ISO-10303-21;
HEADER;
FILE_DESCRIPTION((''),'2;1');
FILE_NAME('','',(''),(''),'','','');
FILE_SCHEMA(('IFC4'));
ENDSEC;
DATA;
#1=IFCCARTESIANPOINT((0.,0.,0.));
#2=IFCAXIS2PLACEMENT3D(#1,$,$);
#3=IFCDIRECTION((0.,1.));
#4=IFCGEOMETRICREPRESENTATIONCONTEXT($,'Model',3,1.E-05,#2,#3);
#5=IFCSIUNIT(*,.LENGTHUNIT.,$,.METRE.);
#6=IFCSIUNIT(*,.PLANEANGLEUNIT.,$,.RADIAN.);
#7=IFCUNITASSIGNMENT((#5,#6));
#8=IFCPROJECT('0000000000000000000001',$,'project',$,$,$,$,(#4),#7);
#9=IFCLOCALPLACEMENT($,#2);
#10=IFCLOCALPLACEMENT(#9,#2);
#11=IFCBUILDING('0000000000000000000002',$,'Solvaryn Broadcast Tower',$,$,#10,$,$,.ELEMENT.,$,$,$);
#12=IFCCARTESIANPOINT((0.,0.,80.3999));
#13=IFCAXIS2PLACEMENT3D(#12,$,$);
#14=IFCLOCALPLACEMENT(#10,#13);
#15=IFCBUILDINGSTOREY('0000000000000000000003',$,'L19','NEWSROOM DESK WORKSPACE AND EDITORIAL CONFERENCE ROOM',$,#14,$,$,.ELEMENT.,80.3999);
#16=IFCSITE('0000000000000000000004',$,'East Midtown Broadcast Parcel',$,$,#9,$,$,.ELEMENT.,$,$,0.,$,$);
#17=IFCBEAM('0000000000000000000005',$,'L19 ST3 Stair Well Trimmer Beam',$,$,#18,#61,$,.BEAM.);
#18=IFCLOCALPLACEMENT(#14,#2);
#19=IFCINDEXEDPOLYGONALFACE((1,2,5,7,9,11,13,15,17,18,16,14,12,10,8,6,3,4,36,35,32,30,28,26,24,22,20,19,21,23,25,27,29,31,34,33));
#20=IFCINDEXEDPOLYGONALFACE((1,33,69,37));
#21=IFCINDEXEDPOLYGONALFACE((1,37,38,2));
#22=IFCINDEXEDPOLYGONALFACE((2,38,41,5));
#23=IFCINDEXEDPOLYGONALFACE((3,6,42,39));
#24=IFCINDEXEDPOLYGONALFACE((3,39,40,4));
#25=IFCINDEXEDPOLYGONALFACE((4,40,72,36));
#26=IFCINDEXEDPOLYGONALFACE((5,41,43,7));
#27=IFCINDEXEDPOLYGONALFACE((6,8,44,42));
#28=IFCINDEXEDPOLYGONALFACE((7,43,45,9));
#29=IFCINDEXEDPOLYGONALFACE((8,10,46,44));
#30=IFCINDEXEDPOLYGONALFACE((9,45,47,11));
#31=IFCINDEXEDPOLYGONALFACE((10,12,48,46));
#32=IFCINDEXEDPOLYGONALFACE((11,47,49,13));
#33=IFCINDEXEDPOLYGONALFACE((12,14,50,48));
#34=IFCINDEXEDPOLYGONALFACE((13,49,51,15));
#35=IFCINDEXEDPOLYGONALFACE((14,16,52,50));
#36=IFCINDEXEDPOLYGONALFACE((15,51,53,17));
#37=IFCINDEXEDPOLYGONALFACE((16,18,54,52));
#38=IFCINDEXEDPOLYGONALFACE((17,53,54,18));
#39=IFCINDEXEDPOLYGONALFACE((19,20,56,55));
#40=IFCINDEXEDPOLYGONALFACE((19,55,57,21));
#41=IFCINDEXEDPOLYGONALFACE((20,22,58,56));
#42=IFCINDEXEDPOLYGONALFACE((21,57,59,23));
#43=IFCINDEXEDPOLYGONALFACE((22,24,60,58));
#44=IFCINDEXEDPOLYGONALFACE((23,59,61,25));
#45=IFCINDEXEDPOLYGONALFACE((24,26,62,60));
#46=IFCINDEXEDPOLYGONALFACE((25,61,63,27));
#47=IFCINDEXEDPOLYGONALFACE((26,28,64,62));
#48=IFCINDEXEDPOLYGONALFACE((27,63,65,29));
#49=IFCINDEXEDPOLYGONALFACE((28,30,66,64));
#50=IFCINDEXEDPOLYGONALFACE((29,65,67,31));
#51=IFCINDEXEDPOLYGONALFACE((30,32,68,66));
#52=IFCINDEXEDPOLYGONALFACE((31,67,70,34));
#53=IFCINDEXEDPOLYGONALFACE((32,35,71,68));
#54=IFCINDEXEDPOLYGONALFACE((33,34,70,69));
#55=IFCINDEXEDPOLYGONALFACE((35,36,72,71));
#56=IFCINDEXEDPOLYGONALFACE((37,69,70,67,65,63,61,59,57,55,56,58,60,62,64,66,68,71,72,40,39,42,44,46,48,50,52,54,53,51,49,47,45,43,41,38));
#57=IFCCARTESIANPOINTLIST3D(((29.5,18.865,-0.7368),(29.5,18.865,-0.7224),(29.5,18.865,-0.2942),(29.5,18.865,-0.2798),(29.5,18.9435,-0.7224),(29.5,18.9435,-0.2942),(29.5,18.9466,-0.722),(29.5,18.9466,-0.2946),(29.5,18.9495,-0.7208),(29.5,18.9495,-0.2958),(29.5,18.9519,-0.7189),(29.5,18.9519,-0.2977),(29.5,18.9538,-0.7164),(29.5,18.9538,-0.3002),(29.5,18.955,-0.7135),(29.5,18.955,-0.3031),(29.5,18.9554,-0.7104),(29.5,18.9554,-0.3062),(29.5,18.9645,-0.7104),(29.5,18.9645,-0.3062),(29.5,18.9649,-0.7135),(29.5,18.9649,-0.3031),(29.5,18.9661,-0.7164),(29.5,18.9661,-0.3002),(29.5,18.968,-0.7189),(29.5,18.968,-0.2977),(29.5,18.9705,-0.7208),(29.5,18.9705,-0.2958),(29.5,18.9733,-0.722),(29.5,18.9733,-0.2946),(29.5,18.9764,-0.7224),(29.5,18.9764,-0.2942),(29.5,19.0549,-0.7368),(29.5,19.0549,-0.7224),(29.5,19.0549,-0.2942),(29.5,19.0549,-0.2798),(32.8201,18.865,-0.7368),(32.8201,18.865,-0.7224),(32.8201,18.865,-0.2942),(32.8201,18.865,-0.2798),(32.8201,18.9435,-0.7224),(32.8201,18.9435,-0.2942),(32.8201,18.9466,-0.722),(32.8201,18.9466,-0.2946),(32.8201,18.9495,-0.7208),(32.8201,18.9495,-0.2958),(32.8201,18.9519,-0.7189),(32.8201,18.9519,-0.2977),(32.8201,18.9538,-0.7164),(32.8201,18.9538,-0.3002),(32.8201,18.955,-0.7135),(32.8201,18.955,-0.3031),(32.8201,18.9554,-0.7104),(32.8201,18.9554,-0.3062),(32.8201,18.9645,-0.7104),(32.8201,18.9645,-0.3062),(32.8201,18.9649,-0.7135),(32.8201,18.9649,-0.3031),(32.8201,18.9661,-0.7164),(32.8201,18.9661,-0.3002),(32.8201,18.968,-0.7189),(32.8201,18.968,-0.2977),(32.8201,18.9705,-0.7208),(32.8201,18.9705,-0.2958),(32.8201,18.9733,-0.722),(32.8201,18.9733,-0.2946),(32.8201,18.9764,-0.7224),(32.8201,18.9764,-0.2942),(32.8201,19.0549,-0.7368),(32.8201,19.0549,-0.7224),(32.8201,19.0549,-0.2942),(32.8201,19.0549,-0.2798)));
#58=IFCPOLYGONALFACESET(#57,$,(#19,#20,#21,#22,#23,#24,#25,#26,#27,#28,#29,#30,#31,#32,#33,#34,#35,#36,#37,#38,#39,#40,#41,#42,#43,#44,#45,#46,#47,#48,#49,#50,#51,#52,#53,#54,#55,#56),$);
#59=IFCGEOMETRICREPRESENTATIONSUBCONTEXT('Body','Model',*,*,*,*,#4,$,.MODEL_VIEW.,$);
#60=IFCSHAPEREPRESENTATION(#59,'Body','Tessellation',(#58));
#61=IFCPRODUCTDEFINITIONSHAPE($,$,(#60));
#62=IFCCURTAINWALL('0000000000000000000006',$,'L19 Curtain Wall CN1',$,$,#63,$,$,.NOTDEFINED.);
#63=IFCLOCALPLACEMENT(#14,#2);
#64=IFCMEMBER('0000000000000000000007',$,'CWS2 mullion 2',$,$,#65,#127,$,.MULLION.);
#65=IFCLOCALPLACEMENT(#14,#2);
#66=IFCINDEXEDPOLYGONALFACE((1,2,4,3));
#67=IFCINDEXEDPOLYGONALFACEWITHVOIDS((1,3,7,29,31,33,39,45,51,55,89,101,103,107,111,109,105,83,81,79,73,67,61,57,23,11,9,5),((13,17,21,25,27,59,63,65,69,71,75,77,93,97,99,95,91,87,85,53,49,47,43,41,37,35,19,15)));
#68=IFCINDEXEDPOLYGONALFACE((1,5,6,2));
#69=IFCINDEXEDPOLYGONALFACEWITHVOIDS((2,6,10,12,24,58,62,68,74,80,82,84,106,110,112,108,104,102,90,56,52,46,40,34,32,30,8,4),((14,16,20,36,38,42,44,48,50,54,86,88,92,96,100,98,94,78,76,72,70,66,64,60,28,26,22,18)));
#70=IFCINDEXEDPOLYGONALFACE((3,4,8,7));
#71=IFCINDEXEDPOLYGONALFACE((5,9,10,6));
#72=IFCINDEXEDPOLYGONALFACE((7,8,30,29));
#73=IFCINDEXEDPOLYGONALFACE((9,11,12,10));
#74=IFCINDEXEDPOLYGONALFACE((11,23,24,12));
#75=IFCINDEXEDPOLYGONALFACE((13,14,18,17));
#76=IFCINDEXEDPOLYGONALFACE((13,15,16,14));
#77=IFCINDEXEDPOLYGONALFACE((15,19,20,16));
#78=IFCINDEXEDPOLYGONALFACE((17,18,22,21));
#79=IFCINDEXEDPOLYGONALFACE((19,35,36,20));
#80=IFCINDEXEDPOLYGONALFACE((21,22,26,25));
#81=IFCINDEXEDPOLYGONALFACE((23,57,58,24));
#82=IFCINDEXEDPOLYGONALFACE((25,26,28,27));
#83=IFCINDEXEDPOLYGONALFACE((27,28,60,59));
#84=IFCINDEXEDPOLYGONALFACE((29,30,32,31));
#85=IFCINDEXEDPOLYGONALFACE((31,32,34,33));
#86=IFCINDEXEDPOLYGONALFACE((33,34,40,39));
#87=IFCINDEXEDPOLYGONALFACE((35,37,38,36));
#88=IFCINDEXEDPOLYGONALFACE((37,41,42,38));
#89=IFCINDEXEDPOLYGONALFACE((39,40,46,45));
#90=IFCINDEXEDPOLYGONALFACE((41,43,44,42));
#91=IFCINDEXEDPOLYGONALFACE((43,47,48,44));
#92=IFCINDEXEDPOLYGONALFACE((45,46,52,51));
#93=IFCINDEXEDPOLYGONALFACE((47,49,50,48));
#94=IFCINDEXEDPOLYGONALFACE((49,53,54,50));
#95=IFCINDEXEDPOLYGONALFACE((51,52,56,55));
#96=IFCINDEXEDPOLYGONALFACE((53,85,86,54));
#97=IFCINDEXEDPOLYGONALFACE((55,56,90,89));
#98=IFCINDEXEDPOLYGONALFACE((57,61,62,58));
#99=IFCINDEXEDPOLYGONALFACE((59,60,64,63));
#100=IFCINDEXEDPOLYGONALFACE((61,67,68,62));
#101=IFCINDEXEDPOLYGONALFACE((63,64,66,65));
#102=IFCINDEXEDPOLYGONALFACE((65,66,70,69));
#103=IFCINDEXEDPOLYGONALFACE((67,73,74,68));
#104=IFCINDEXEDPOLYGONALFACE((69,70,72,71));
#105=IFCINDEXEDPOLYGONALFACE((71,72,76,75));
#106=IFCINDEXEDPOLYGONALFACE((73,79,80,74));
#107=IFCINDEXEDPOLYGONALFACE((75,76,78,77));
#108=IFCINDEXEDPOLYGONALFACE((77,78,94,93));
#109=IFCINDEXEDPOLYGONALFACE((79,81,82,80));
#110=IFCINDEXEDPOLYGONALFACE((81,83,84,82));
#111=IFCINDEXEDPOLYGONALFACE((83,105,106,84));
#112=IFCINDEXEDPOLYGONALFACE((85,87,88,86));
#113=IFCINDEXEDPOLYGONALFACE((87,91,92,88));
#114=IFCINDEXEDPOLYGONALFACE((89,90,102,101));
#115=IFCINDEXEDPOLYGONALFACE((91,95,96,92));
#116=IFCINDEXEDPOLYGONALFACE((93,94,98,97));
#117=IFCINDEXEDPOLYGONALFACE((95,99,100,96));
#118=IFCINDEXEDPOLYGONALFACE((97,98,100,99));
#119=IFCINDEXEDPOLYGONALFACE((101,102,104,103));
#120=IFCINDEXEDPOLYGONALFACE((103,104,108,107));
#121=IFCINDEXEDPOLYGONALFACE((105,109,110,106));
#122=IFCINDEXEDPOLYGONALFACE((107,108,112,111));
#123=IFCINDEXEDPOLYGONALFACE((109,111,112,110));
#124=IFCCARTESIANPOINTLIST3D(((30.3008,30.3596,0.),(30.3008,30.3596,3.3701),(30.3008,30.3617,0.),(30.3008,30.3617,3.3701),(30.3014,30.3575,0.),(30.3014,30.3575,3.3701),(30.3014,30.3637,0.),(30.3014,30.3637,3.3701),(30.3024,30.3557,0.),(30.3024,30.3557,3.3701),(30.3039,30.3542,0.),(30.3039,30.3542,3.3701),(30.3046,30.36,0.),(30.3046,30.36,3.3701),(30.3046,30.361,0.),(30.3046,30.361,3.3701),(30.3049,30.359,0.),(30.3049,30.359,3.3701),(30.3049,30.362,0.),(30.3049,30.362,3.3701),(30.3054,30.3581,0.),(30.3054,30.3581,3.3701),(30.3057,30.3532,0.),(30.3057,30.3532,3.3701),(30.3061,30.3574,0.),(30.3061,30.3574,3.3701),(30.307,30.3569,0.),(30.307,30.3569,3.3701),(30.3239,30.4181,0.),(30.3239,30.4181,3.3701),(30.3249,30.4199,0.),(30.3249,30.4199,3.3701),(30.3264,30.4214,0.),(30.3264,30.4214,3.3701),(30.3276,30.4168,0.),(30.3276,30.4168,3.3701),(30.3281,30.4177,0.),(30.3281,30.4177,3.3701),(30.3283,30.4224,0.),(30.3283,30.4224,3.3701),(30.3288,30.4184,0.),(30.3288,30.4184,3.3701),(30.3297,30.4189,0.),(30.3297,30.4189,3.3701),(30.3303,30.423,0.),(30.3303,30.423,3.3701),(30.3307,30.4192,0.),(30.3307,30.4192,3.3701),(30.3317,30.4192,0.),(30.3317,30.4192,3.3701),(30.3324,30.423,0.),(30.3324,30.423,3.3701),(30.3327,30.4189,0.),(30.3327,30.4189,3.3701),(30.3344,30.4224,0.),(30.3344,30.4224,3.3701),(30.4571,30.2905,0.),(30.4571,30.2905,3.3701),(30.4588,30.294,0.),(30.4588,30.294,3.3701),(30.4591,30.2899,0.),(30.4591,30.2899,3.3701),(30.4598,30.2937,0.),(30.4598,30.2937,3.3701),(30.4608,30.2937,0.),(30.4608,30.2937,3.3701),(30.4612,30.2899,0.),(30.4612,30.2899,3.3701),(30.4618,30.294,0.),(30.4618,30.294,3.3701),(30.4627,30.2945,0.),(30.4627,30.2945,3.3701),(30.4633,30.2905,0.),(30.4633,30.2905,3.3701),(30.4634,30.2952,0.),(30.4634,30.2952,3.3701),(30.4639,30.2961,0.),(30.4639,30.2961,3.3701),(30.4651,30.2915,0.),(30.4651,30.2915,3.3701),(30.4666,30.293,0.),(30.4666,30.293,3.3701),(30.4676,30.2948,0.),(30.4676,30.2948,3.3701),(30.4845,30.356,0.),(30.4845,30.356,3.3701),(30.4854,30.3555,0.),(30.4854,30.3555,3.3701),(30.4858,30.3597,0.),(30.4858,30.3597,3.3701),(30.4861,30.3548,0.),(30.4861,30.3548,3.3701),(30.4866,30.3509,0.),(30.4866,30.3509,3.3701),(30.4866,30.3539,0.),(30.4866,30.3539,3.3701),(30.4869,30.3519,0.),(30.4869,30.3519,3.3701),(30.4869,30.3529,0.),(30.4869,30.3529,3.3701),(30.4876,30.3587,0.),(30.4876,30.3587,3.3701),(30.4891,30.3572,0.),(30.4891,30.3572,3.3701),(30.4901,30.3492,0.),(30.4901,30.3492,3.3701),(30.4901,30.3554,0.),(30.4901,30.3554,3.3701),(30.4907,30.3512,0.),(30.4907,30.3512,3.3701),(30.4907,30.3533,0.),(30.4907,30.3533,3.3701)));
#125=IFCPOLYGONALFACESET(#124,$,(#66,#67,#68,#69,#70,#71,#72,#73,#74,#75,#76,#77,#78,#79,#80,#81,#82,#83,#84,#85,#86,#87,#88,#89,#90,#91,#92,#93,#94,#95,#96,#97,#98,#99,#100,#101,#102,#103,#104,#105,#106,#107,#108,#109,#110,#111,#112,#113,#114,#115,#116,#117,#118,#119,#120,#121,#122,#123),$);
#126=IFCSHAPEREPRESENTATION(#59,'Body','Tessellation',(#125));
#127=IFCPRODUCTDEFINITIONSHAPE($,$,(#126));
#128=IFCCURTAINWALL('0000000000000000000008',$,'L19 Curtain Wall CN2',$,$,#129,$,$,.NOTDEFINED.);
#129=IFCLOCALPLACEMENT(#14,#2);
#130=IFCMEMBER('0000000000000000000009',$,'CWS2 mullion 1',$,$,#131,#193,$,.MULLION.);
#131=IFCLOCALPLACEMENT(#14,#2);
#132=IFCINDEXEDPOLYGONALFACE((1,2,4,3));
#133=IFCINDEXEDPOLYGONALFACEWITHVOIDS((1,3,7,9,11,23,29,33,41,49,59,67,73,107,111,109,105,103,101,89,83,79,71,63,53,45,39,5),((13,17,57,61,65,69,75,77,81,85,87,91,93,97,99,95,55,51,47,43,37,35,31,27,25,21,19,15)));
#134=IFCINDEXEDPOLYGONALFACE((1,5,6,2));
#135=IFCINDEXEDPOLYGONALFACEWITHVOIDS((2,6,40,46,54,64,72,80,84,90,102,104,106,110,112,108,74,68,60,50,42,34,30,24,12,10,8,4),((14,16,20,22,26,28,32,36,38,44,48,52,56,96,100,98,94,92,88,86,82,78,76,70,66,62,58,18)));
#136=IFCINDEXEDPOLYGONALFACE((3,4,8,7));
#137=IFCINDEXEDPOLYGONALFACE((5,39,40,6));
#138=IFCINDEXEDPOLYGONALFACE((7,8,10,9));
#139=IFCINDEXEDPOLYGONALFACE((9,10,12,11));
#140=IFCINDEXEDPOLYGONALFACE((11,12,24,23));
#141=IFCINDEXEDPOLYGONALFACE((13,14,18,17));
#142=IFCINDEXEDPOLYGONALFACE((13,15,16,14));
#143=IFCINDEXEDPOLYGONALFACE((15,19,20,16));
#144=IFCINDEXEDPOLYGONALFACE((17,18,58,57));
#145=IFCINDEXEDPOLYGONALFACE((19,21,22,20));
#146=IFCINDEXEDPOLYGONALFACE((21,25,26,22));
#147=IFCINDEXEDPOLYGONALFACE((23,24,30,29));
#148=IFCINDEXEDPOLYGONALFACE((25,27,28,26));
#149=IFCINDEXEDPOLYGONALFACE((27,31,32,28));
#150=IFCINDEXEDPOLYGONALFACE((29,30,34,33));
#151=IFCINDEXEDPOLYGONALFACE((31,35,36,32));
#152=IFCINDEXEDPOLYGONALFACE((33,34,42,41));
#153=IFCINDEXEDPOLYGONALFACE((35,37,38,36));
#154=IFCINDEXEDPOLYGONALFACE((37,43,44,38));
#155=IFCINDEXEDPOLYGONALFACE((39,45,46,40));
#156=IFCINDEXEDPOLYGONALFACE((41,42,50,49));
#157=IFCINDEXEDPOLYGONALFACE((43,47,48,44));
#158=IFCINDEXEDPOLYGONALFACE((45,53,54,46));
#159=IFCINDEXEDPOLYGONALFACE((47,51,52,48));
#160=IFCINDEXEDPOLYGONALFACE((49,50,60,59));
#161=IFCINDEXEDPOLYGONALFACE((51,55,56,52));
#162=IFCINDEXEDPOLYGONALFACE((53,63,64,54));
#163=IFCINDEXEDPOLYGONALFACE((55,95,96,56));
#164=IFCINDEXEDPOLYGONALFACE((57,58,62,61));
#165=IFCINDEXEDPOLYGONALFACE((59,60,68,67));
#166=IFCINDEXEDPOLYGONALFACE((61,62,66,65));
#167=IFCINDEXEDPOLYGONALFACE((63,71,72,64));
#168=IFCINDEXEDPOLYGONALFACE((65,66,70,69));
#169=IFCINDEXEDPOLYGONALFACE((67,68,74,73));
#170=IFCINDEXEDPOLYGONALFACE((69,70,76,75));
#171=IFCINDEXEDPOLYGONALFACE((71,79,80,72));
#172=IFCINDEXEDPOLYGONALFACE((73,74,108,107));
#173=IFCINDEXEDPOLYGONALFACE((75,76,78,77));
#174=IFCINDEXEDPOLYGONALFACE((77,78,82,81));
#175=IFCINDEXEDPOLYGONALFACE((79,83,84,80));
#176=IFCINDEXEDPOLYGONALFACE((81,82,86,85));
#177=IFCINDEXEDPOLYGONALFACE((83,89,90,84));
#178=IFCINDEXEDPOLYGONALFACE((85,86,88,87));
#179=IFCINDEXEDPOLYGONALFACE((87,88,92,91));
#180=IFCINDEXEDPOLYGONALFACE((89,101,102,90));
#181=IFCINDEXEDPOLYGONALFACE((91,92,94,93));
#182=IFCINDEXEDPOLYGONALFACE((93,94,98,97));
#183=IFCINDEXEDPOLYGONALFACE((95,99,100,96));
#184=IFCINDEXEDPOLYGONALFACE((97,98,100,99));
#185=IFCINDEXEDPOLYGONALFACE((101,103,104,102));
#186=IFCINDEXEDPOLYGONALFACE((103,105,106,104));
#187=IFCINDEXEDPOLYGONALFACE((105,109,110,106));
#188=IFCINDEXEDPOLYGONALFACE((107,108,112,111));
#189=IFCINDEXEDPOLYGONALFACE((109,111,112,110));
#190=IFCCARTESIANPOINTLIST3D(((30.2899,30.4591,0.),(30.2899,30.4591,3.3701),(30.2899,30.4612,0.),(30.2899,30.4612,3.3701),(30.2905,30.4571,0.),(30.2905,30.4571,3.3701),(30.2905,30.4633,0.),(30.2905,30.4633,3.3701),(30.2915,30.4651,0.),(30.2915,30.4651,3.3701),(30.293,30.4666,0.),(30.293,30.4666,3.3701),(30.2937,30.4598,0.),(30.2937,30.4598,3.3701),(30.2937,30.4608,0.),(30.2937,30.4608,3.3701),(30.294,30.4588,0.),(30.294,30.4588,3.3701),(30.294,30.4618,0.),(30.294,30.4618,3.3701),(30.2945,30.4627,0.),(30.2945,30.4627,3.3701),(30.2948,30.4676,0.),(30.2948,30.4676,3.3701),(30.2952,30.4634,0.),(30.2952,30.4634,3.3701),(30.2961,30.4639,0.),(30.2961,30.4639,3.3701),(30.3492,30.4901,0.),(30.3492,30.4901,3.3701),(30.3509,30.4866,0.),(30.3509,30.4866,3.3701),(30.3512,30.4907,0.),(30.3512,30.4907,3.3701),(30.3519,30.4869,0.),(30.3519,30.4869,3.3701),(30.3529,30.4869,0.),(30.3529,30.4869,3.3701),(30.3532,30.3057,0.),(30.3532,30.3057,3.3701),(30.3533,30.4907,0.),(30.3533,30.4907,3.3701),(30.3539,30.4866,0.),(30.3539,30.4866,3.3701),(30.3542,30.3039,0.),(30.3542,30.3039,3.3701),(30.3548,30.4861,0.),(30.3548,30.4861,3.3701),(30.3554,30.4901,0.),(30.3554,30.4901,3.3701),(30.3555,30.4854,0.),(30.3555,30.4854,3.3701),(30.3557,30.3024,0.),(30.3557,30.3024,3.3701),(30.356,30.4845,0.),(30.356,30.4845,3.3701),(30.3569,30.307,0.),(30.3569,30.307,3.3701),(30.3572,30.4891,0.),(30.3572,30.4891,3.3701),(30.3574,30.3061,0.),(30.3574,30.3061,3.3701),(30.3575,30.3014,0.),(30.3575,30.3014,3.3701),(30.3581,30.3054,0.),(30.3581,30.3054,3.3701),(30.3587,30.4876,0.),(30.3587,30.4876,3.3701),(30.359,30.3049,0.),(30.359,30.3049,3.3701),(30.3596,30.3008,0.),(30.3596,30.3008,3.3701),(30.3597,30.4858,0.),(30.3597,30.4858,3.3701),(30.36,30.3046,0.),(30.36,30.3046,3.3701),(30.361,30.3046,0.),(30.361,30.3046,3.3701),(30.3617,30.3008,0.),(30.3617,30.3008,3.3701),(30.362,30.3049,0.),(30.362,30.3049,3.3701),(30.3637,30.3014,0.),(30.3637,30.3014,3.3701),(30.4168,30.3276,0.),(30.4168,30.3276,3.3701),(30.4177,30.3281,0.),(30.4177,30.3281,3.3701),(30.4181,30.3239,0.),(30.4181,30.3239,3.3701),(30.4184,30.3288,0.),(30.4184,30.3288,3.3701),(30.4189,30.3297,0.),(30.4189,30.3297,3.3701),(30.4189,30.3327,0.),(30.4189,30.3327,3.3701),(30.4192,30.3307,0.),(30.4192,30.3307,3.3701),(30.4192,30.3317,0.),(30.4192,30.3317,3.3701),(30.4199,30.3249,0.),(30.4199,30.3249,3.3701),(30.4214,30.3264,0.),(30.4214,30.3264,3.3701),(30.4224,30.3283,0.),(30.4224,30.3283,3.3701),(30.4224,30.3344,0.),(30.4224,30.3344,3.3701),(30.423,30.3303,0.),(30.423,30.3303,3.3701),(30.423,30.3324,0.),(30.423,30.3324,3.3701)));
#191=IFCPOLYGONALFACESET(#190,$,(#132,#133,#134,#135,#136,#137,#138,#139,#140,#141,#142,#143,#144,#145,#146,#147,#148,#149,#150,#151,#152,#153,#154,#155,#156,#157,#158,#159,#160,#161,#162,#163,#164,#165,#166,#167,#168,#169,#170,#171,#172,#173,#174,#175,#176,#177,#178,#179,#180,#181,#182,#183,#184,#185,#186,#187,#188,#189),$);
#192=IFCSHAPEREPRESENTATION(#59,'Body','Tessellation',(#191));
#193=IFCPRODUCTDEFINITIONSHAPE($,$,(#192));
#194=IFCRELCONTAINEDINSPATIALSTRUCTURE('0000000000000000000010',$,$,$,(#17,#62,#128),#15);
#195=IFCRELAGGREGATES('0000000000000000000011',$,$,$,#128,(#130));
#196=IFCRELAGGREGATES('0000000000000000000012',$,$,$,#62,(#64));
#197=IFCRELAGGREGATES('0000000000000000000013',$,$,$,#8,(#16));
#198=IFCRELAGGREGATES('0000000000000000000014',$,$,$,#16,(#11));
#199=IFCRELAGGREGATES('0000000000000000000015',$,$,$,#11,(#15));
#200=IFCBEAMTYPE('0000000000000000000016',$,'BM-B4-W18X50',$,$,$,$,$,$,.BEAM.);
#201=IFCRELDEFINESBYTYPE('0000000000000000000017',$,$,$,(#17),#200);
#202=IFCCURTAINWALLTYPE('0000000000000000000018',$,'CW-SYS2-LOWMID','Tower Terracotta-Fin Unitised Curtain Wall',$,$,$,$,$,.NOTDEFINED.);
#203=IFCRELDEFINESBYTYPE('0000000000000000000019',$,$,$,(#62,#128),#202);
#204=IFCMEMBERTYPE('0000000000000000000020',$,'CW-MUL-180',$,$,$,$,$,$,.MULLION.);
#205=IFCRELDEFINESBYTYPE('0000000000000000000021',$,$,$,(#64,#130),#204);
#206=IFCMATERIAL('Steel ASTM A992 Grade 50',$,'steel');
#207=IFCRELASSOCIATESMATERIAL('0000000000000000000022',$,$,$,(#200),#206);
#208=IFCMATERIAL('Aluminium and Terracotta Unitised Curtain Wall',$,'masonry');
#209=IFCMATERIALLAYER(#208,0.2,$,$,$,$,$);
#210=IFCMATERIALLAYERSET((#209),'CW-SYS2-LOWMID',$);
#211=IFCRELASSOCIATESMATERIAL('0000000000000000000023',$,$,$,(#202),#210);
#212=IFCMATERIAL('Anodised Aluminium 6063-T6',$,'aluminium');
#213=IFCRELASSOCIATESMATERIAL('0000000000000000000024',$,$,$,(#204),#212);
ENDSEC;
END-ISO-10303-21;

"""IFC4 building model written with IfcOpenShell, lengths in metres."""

from ifc_helpers import new_model, si_unit, direction, frame, origin, origin_2d, place, context, subcontext, project, spatial, hollow_rectangle, i_section, extrude, material, layer, layer_set, material_profile, profile_set, type_object, element, aggregate, save


model = new_model("IFC4")

# Units and contexts
model_context = context("Model", 3, precision=1e-05, world=origin(), true_north=direction((0.0, 1.0)))
body_context = subcontext(model_context, "Body", "Model", "MODEL_VIEW")
ifc_project = project(units=[si_unit("LENGTHUNIT", "METRE"), si_unit("PLANEANGLEUNIT", "RADIAN")], contexts=[model_context])

# Site, building, storey
site_placement = place(None, origin())
site = spatial("IfcSite", under=ifc_project, at=site_placement, Name="East Midtown Broadcast Parcel", CompositionType="ELEMENT", RefElevation=0.0)
building_placement = place(site_placement, origin())
building = spatial("IfcBuilding", under=site, at=building_placement, Name="Solvaryn Broadcast Tower", CompositionType="ELEMENT")
storey_placement = place(building_placement, frame((0.0, 0.0, 80.3999)))
storey = spatial("IfcBuildingStorey", under=building, at=storey_placement, Name="L19", Description="NEWSROOM DESK WORKSPACE AND EDITORIAL CONFERENCE ROOM", CompositionType="ELEMENT", Elevation=80.3999)

# Beam
ifc_material_1 = material(Name="Steel ASTM A992 Grade 50", Category="steel")
ifc_material_profile_1 = material_profile(ifc_material_1, i_section(OverallWidth=0.1899, OverallDepth=0.457, WebThickness=0.009, FlangeThickness=0.0144, FilletRadius=0.012, at=origin_2d()))
ifc_profile_set_1 = profile_set([ifc_material_profile_1], Name="Steel ASTM A992 Grade 50")
beam_type_1 = type_object("IfcBeamType", Name="BM-B4-W18X50", PredefinedType="BEAM", material=ifc_profile_set_1)
beam_1_placement = place(storey_placement, frame((29.5, 18.96, -0.5083), z_axis=(1.0, 0.0, 0.0), x_axis=(0.0, 1.0, 0.0)))
element("IfcBeam", 1, at=beam_1_placement, inside=storey, type_object=beam_type_1, Name="L19 ST3 Stair Well Trimmer Beam", PredefinedType="BEAM", context=body_context, shape_type="SweptSolid", body=[
    extrude(i_section(OverallWidth=0.1899, OverallDepth=0.457, WebThickness=0.009, FlangeThickness=0.0144, FilletRadius=0.012, at=origin_2d()), origin(), (0.0, 0.0, 1.0), 3.3201),
])

# Curtain wall, member
ifc_material_2 = material(Name="Aluminium and Terracotta Unitised Curtain Wall", Category="masonry")
ifc_layer_1 = layer(ifc_material_2, 0.2)
ifc_layer_set_1 = layer_set([ifc_layer_1], Name="CW-SYS2-LOWMID")
curtain_wall_type = type_object("IfcCurtainWallType", Name="CW-SYS2-LOWMID", Description="Tower Terracotta-Fin Unitised Curtain Wall", PredefinedType="NOTDEFINED", material=ifc_layer_set_1)
curtain_wall_1_placement = place(storey_placement, origin())
curtain_wall_1 = element("IfcCurtainWall", 2, at=curtain_wall_1_placement, inside=storey, type_object=curtain_wall_type, Name="L19 Curtain Wall CN1", PredefinedType="NOTDEFINED")
ifc_material_3 = material(Name="Anodised Aluminium 6063-T6", Category="aluminium")
ifc_material_profile_2 = material_profile(ifc_material_3, hollow_rectangle(XDim=0.075, YDim=0.1799, WallThickness=0.0039, InnerFilletRadius=0.0039, OuterFilletRadius=0.0081, at=origin_2d()))
ifc_profile_set_2 = profile_set([ifc_material_profile_2], Name="Anodised Aluminium 6063-T6")
member_type_1 = type_object("IfcMemberType", Name="CW-MUL-180", PredefinedType="MULLION", material=ifc_profile_set_2)
member_1_placement = place(storey_placement, frame((30.3958, 30.3564, 0.0), z_axis=(0.0, 0.0, 1.0), x_axis=(-0.382646, -0.923895, 0.0)))
member_1 = element("IfcMember", 3, at=member_1_placement, type_object=member_type_1, Name="CWS2 mullion 2", PredefinedType="MULLION", context=body_context, shape_type="SweptSolid", body=[
    extrude(hollow_rectangle(XDim=0.075, YDim=0.1799, WallThickness=0.0039, InnerFilletRadius=0.0039, OuterFilletRadius=0.0081, at=origin_2d()), origin(), (0.0, 0.0, 1.0), 3.3701),
])

# Curtain wall, member
curtain_wall_2_placement = place(storey_placement, origin())
curtain_wall_2 = element("IfcCurtainWall", 4, at=curtain_wall_2_placement, inside=storey, type_object=curtain_wall_type, Name="L19 Curtain Wall CN2", PredefinedType="NOTDEFINED")
member_2_placement = place(storey_placement, frame((30.3564, 30.3958, 0.0), z_axis=(0.0, 0.0, 1.0), x_axis=(-0.923895, -0.382646, 0.0)))
member_2 = element("IfcMember", 5, at=member_2_placement, type_object=member_type_1, Name="CWS2 mullion 1", PredefinedType="MULLION", context=body_context, shape_type="SweptSolid", body=[
    extrude(hollow_rectangle(XDim=0.075, YDim=0.1799, WallThickness=0.0039, InnerFilletRadius=0.0039, OuterFilletRadius=0.0081, at=origin_2d()), origin(), (0.0, 0.0, 1.0), 3.3701),
])
aggregate(curtain_wall_2, [member_2])

aggregate(curtain_wall_1, [member_1])

save(model, "model.ifc")
